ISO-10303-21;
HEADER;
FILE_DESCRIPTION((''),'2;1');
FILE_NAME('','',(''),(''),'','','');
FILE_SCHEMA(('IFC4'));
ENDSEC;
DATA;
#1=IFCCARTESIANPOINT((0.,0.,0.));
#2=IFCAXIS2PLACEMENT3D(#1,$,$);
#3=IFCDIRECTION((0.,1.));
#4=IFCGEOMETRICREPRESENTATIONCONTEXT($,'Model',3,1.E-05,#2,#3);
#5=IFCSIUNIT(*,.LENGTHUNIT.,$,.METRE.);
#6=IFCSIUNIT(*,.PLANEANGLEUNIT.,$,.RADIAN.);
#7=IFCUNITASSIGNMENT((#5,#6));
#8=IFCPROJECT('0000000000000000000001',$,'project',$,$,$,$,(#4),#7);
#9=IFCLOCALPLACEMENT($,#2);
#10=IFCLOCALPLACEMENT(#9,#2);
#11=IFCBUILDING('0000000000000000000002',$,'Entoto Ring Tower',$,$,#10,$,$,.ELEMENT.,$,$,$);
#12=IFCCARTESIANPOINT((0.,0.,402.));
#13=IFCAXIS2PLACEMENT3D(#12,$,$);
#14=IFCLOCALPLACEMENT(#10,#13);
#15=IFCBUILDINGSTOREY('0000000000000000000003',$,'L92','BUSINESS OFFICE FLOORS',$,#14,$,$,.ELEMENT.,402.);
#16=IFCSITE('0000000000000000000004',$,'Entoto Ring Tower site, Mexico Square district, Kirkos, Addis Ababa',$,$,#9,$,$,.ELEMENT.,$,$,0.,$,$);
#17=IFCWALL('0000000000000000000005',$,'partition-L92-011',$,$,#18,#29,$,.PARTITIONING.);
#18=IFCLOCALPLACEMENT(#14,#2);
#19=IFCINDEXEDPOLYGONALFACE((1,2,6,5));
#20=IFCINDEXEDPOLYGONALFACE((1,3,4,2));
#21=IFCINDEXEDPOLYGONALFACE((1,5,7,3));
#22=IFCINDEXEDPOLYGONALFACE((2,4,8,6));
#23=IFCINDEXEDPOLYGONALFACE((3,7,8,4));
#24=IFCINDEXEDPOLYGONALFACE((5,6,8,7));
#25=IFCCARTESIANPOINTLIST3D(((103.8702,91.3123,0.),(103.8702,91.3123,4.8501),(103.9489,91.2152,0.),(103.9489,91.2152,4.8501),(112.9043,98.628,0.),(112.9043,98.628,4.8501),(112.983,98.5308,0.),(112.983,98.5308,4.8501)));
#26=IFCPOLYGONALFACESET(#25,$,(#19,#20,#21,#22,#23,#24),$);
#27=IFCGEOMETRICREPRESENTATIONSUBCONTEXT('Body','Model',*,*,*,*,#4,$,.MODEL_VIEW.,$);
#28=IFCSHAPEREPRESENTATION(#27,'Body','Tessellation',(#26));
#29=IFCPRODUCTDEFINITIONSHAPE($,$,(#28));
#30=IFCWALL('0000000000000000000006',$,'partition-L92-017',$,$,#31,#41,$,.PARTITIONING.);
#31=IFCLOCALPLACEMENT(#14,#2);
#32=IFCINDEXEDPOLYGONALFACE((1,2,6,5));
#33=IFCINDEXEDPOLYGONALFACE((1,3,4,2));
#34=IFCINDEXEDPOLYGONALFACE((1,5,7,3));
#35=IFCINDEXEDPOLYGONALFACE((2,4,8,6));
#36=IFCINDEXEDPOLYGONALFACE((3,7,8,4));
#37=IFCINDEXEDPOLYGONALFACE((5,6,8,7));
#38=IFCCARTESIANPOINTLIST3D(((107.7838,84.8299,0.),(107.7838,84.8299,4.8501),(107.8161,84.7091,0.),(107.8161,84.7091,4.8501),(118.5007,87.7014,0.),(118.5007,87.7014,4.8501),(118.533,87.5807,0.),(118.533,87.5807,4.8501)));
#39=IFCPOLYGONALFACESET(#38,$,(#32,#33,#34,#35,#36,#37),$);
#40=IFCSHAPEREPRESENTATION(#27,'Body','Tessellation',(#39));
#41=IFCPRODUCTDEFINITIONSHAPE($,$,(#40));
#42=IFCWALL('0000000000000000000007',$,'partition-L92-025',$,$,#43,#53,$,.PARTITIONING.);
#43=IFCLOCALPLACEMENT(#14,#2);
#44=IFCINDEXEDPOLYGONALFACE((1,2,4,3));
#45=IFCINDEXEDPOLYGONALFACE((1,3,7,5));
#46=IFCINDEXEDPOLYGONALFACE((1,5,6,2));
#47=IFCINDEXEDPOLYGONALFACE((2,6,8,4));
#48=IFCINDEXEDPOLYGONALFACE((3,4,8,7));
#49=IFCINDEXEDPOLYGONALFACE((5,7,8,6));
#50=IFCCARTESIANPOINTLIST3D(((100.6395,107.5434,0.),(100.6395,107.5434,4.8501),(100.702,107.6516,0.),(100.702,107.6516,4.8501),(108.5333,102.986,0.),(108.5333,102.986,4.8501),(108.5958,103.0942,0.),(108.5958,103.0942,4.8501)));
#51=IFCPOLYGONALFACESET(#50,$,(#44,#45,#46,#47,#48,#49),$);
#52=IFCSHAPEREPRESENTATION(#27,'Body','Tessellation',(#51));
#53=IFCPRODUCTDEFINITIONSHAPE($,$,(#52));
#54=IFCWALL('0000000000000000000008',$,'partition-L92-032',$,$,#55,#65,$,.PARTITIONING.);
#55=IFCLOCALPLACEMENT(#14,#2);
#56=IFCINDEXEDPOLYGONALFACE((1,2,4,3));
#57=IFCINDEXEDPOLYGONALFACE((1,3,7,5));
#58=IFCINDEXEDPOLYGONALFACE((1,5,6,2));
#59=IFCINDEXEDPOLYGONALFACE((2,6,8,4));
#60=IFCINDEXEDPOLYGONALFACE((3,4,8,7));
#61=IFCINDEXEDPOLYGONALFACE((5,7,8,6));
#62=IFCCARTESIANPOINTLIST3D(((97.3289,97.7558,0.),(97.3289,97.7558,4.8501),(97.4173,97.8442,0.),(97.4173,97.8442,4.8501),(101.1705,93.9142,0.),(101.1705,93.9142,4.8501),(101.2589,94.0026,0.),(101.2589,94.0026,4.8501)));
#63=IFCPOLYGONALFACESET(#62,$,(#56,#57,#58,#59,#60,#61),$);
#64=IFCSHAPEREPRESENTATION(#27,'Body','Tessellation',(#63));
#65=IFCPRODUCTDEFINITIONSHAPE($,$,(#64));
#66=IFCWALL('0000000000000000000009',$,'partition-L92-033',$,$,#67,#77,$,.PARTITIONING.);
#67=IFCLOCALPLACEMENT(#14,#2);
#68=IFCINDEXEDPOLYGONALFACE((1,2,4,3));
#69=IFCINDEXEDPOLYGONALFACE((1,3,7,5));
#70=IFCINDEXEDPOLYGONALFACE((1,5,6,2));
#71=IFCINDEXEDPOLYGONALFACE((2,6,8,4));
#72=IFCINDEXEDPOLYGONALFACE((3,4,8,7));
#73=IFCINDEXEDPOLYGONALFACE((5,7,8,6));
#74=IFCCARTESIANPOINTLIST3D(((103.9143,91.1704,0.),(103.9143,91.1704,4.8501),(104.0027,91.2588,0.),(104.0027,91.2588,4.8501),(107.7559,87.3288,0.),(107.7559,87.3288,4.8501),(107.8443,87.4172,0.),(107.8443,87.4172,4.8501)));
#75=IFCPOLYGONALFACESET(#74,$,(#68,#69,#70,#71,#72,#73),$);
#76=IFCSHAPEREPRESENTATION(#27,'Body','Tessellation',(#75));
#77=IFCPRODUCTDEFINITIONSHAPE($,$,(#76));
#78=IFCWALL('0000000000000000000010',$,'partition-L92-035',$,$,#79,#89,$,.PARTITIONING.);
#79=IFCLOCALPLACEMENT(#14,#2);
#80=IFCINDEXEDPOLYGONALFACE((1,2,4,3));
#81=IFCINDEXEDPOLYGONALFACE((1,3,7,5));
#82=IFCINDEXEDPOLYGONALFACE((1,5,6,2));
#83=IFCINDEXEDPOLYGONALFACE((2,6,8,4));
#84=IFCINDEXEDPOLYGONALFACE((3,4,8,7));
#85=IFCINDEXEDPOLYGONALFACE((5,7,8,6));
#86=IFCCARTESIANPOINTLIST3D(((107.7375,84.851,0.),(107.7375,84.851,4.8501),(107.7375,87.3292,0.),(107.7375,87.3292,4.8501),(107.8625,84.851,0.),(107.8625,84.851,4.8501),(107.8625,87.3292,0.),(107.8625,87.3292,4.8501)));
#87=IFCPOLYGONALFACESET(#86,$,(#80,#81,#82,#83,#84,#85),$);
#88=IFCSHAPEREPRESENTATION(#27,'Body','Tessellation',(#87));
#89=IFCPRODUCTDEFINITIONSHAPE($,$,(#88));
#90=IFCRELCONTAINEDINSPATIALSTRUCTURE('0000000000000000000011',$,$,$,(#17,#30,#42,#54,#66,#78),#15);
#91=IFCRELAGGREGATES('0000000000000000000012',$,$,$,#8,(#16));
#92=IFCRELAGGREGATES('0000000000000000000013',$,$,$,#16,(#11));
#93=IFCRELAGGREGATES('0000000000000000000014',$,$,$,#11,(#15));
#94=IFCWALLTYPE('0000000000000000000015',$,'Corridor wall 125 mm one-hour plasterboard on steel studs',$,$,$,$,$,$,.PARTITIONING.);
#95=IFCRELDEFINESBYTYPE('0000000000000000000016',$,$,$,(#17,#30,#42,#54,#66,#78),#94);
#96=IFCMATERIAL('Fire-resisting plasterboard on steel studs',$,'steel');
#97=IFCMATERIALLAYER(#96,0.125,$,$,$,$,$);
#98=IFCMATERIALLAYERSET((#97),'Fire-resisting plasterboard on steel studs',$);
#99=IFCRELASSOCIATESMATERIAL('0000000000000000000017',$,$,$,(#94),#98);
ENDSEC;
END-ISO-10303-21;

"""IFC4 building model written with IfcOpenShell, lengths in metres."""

from ifc_helpers import new_model, si_unit, direction, frame, frame_2d, origin, place, context, subcontext, project, spatial, rectangle, extrude, material, layer, layer_set, type_object, element, save


model = new_model("IFC4")

# Units and contexts
model_context = context("Model", 3, precision=1e-05, world=origin(), true_north=direction((0.0, 1.0)))
body_context = subcontext(model_context, "Body", "Model", "MODEL_VIEW")
ifc_project = project(units=[si_unit("LENGTHUNIT", "METRE"), si_unit("PLANEANGLEUNIT", "RADIAN")], contexts=[model_context])

# Site, building, storey
site_placement = place(None, origin())
site = spatial("IfcSite", under=ifc_project, at=site_placement, Name="Entoto Ring Tower site, Mexico Square district, Kirkos, Addis Ababa", CompositionType="ELEMENT", RefElevation=0.0)
building_placement = place(site_placement, origin())
building = spatial("IfcBuilding", under=site, at=building_placement, Name="Entoto Ring Tower", CompositionType="ELEMENT")
storey_placement = place(building_placement, frame((0.0, 0.0, 402.0)))
storey = spatial("IfcBuildingStorey", under=building, at=storey_placement, Name="L92", Description="BUSINESS OFFICE FLOORS", CompositionType="ELEMENT", Elevation=402.0)

# Shared definitions
ifc_material_1 = material(Name="Fire-resisting plasterboard on steel studs", Category="steel")
ifc_layer_1 = layer(ifc_material_1, 0.125)
ifc_layer_set_1 = layer_set([ifc_layer_1], Name="Fire-resisting plasterboard on steel studs")
wall_type_1 = type_object("IfcWallType", Name="Corridor wall 125 mm one-hour plasterboard on steel studs", PredefinedType="PARTITIONING", material=ifc_layer_set_1)

# Walls
wall_1_placement = place(storey_placement, frame((103.9094, 91.2637, 0.0), z_axis=(0.0, 0.0, 1.0), x_axis=(0.777149, 0.629317, 0.0)))
element("IfcWall", 1, at=wall_1_placement, inside=storey, type_object=wall_type_1, Name="partition-L92-011", PredefinedType="PARTITIONING", context=body_context, shape_type="SweptSolid", body=[
    extrude(rectangle(XDim=11.6248, YDim=0.125, at=frame_2d((5.8125, 0.0))), origin(), (0.0, 0.0, 1.0), 4.8501),
])
wall_2_placement = place(storey_placement, frame((107.8, 84.7695, 0.0), z_axis=(0.0, 0.0, 1.0), x_axis=(0.965927, 0.258816, 0.0)))
element("IfcWall", 2, at=wall_2_placement, inside=storey, type_object=wall_type_1, Name="partition-L92-017", PredefinedType="PARTITIONING", context=body_context, shape_type="SweptSolid", body=[
    extrude(rectangle(XDim=11.095, YDim=0.125, at=frame_2d((5.5474, 0.0))), origin(), (0.0, 0.0, 1.0), 4.8501),
])
wall_3_placement = place(storey_placement, frame((108.5647, 103.04, 0.0), z_axis=(0.0, 0.0, 1.0), x_axis=(-0.866031, 0.499991, 0.0)))
element("IfcWall", 3, at=wall_3_placement, inside=storey, type_object=wall_type_1, Name="partition-L92-025", PredefinedType="PARTITIONING", context=body_context, shape_type="SweptSolid", body=[
    extrude(rectangle(XDim=9.115, YDim=0.125, at=frame_2d((4.5576, 0.0))), origin(), (0.0, 0.0, 1.0), 4.8501),
])
for number, where, z_axis, x_axis, name in (
    (4, (101.2146, 93.9585, 0.0), (0.0, 0.0, 1.0), (-0.707107, 0.707107, 0.0), "partition-L92-032"),
    (5, (107.8, 87.373, 0.0), (0.0, 0.0, 1.0), (-0.707107, 0.707107, 0.0), "partition-L92-033"),
):
    element("IfcWall", number, at=place(storey_placement, frame(where, z_axis=z_axis, x_axis=x_axis)), inside=storey, type_object=wall_type_1, Name=name, PredefinedType="PARTITIONING", context=body_context, shape_type="SweptSolid", body=[
        extrude(rectangle(XDim=5.4329, YDim=0.125, at=frame_2d((2.7163, 0.0))), origin(), (0.0, 0.0, 1.0), 4.8501),
    ])
wall_4_placement = place(storey_placement, frame((107.8, 84.8508, 0.0), z_axis=(0.0, 0.0, 1.0), x_axis=(0.0, 1.0, 0.0)))
element("IfcWall", 6, at=wall_4_placement, inside=storey, type_object=wall_type_1, Name="partition-L92-035", PredefinedType="PARTITIONING", context=body_context, shape_type="SweptSolid", body=[
    extrude(rectangle(XDim=2.4783, YDim=0.125, at=frame_2d((1.2393, 0.0))), origin(), (0.0, 0.0, 1.0), 4.8501),
])

save(model, "model.ifc")
